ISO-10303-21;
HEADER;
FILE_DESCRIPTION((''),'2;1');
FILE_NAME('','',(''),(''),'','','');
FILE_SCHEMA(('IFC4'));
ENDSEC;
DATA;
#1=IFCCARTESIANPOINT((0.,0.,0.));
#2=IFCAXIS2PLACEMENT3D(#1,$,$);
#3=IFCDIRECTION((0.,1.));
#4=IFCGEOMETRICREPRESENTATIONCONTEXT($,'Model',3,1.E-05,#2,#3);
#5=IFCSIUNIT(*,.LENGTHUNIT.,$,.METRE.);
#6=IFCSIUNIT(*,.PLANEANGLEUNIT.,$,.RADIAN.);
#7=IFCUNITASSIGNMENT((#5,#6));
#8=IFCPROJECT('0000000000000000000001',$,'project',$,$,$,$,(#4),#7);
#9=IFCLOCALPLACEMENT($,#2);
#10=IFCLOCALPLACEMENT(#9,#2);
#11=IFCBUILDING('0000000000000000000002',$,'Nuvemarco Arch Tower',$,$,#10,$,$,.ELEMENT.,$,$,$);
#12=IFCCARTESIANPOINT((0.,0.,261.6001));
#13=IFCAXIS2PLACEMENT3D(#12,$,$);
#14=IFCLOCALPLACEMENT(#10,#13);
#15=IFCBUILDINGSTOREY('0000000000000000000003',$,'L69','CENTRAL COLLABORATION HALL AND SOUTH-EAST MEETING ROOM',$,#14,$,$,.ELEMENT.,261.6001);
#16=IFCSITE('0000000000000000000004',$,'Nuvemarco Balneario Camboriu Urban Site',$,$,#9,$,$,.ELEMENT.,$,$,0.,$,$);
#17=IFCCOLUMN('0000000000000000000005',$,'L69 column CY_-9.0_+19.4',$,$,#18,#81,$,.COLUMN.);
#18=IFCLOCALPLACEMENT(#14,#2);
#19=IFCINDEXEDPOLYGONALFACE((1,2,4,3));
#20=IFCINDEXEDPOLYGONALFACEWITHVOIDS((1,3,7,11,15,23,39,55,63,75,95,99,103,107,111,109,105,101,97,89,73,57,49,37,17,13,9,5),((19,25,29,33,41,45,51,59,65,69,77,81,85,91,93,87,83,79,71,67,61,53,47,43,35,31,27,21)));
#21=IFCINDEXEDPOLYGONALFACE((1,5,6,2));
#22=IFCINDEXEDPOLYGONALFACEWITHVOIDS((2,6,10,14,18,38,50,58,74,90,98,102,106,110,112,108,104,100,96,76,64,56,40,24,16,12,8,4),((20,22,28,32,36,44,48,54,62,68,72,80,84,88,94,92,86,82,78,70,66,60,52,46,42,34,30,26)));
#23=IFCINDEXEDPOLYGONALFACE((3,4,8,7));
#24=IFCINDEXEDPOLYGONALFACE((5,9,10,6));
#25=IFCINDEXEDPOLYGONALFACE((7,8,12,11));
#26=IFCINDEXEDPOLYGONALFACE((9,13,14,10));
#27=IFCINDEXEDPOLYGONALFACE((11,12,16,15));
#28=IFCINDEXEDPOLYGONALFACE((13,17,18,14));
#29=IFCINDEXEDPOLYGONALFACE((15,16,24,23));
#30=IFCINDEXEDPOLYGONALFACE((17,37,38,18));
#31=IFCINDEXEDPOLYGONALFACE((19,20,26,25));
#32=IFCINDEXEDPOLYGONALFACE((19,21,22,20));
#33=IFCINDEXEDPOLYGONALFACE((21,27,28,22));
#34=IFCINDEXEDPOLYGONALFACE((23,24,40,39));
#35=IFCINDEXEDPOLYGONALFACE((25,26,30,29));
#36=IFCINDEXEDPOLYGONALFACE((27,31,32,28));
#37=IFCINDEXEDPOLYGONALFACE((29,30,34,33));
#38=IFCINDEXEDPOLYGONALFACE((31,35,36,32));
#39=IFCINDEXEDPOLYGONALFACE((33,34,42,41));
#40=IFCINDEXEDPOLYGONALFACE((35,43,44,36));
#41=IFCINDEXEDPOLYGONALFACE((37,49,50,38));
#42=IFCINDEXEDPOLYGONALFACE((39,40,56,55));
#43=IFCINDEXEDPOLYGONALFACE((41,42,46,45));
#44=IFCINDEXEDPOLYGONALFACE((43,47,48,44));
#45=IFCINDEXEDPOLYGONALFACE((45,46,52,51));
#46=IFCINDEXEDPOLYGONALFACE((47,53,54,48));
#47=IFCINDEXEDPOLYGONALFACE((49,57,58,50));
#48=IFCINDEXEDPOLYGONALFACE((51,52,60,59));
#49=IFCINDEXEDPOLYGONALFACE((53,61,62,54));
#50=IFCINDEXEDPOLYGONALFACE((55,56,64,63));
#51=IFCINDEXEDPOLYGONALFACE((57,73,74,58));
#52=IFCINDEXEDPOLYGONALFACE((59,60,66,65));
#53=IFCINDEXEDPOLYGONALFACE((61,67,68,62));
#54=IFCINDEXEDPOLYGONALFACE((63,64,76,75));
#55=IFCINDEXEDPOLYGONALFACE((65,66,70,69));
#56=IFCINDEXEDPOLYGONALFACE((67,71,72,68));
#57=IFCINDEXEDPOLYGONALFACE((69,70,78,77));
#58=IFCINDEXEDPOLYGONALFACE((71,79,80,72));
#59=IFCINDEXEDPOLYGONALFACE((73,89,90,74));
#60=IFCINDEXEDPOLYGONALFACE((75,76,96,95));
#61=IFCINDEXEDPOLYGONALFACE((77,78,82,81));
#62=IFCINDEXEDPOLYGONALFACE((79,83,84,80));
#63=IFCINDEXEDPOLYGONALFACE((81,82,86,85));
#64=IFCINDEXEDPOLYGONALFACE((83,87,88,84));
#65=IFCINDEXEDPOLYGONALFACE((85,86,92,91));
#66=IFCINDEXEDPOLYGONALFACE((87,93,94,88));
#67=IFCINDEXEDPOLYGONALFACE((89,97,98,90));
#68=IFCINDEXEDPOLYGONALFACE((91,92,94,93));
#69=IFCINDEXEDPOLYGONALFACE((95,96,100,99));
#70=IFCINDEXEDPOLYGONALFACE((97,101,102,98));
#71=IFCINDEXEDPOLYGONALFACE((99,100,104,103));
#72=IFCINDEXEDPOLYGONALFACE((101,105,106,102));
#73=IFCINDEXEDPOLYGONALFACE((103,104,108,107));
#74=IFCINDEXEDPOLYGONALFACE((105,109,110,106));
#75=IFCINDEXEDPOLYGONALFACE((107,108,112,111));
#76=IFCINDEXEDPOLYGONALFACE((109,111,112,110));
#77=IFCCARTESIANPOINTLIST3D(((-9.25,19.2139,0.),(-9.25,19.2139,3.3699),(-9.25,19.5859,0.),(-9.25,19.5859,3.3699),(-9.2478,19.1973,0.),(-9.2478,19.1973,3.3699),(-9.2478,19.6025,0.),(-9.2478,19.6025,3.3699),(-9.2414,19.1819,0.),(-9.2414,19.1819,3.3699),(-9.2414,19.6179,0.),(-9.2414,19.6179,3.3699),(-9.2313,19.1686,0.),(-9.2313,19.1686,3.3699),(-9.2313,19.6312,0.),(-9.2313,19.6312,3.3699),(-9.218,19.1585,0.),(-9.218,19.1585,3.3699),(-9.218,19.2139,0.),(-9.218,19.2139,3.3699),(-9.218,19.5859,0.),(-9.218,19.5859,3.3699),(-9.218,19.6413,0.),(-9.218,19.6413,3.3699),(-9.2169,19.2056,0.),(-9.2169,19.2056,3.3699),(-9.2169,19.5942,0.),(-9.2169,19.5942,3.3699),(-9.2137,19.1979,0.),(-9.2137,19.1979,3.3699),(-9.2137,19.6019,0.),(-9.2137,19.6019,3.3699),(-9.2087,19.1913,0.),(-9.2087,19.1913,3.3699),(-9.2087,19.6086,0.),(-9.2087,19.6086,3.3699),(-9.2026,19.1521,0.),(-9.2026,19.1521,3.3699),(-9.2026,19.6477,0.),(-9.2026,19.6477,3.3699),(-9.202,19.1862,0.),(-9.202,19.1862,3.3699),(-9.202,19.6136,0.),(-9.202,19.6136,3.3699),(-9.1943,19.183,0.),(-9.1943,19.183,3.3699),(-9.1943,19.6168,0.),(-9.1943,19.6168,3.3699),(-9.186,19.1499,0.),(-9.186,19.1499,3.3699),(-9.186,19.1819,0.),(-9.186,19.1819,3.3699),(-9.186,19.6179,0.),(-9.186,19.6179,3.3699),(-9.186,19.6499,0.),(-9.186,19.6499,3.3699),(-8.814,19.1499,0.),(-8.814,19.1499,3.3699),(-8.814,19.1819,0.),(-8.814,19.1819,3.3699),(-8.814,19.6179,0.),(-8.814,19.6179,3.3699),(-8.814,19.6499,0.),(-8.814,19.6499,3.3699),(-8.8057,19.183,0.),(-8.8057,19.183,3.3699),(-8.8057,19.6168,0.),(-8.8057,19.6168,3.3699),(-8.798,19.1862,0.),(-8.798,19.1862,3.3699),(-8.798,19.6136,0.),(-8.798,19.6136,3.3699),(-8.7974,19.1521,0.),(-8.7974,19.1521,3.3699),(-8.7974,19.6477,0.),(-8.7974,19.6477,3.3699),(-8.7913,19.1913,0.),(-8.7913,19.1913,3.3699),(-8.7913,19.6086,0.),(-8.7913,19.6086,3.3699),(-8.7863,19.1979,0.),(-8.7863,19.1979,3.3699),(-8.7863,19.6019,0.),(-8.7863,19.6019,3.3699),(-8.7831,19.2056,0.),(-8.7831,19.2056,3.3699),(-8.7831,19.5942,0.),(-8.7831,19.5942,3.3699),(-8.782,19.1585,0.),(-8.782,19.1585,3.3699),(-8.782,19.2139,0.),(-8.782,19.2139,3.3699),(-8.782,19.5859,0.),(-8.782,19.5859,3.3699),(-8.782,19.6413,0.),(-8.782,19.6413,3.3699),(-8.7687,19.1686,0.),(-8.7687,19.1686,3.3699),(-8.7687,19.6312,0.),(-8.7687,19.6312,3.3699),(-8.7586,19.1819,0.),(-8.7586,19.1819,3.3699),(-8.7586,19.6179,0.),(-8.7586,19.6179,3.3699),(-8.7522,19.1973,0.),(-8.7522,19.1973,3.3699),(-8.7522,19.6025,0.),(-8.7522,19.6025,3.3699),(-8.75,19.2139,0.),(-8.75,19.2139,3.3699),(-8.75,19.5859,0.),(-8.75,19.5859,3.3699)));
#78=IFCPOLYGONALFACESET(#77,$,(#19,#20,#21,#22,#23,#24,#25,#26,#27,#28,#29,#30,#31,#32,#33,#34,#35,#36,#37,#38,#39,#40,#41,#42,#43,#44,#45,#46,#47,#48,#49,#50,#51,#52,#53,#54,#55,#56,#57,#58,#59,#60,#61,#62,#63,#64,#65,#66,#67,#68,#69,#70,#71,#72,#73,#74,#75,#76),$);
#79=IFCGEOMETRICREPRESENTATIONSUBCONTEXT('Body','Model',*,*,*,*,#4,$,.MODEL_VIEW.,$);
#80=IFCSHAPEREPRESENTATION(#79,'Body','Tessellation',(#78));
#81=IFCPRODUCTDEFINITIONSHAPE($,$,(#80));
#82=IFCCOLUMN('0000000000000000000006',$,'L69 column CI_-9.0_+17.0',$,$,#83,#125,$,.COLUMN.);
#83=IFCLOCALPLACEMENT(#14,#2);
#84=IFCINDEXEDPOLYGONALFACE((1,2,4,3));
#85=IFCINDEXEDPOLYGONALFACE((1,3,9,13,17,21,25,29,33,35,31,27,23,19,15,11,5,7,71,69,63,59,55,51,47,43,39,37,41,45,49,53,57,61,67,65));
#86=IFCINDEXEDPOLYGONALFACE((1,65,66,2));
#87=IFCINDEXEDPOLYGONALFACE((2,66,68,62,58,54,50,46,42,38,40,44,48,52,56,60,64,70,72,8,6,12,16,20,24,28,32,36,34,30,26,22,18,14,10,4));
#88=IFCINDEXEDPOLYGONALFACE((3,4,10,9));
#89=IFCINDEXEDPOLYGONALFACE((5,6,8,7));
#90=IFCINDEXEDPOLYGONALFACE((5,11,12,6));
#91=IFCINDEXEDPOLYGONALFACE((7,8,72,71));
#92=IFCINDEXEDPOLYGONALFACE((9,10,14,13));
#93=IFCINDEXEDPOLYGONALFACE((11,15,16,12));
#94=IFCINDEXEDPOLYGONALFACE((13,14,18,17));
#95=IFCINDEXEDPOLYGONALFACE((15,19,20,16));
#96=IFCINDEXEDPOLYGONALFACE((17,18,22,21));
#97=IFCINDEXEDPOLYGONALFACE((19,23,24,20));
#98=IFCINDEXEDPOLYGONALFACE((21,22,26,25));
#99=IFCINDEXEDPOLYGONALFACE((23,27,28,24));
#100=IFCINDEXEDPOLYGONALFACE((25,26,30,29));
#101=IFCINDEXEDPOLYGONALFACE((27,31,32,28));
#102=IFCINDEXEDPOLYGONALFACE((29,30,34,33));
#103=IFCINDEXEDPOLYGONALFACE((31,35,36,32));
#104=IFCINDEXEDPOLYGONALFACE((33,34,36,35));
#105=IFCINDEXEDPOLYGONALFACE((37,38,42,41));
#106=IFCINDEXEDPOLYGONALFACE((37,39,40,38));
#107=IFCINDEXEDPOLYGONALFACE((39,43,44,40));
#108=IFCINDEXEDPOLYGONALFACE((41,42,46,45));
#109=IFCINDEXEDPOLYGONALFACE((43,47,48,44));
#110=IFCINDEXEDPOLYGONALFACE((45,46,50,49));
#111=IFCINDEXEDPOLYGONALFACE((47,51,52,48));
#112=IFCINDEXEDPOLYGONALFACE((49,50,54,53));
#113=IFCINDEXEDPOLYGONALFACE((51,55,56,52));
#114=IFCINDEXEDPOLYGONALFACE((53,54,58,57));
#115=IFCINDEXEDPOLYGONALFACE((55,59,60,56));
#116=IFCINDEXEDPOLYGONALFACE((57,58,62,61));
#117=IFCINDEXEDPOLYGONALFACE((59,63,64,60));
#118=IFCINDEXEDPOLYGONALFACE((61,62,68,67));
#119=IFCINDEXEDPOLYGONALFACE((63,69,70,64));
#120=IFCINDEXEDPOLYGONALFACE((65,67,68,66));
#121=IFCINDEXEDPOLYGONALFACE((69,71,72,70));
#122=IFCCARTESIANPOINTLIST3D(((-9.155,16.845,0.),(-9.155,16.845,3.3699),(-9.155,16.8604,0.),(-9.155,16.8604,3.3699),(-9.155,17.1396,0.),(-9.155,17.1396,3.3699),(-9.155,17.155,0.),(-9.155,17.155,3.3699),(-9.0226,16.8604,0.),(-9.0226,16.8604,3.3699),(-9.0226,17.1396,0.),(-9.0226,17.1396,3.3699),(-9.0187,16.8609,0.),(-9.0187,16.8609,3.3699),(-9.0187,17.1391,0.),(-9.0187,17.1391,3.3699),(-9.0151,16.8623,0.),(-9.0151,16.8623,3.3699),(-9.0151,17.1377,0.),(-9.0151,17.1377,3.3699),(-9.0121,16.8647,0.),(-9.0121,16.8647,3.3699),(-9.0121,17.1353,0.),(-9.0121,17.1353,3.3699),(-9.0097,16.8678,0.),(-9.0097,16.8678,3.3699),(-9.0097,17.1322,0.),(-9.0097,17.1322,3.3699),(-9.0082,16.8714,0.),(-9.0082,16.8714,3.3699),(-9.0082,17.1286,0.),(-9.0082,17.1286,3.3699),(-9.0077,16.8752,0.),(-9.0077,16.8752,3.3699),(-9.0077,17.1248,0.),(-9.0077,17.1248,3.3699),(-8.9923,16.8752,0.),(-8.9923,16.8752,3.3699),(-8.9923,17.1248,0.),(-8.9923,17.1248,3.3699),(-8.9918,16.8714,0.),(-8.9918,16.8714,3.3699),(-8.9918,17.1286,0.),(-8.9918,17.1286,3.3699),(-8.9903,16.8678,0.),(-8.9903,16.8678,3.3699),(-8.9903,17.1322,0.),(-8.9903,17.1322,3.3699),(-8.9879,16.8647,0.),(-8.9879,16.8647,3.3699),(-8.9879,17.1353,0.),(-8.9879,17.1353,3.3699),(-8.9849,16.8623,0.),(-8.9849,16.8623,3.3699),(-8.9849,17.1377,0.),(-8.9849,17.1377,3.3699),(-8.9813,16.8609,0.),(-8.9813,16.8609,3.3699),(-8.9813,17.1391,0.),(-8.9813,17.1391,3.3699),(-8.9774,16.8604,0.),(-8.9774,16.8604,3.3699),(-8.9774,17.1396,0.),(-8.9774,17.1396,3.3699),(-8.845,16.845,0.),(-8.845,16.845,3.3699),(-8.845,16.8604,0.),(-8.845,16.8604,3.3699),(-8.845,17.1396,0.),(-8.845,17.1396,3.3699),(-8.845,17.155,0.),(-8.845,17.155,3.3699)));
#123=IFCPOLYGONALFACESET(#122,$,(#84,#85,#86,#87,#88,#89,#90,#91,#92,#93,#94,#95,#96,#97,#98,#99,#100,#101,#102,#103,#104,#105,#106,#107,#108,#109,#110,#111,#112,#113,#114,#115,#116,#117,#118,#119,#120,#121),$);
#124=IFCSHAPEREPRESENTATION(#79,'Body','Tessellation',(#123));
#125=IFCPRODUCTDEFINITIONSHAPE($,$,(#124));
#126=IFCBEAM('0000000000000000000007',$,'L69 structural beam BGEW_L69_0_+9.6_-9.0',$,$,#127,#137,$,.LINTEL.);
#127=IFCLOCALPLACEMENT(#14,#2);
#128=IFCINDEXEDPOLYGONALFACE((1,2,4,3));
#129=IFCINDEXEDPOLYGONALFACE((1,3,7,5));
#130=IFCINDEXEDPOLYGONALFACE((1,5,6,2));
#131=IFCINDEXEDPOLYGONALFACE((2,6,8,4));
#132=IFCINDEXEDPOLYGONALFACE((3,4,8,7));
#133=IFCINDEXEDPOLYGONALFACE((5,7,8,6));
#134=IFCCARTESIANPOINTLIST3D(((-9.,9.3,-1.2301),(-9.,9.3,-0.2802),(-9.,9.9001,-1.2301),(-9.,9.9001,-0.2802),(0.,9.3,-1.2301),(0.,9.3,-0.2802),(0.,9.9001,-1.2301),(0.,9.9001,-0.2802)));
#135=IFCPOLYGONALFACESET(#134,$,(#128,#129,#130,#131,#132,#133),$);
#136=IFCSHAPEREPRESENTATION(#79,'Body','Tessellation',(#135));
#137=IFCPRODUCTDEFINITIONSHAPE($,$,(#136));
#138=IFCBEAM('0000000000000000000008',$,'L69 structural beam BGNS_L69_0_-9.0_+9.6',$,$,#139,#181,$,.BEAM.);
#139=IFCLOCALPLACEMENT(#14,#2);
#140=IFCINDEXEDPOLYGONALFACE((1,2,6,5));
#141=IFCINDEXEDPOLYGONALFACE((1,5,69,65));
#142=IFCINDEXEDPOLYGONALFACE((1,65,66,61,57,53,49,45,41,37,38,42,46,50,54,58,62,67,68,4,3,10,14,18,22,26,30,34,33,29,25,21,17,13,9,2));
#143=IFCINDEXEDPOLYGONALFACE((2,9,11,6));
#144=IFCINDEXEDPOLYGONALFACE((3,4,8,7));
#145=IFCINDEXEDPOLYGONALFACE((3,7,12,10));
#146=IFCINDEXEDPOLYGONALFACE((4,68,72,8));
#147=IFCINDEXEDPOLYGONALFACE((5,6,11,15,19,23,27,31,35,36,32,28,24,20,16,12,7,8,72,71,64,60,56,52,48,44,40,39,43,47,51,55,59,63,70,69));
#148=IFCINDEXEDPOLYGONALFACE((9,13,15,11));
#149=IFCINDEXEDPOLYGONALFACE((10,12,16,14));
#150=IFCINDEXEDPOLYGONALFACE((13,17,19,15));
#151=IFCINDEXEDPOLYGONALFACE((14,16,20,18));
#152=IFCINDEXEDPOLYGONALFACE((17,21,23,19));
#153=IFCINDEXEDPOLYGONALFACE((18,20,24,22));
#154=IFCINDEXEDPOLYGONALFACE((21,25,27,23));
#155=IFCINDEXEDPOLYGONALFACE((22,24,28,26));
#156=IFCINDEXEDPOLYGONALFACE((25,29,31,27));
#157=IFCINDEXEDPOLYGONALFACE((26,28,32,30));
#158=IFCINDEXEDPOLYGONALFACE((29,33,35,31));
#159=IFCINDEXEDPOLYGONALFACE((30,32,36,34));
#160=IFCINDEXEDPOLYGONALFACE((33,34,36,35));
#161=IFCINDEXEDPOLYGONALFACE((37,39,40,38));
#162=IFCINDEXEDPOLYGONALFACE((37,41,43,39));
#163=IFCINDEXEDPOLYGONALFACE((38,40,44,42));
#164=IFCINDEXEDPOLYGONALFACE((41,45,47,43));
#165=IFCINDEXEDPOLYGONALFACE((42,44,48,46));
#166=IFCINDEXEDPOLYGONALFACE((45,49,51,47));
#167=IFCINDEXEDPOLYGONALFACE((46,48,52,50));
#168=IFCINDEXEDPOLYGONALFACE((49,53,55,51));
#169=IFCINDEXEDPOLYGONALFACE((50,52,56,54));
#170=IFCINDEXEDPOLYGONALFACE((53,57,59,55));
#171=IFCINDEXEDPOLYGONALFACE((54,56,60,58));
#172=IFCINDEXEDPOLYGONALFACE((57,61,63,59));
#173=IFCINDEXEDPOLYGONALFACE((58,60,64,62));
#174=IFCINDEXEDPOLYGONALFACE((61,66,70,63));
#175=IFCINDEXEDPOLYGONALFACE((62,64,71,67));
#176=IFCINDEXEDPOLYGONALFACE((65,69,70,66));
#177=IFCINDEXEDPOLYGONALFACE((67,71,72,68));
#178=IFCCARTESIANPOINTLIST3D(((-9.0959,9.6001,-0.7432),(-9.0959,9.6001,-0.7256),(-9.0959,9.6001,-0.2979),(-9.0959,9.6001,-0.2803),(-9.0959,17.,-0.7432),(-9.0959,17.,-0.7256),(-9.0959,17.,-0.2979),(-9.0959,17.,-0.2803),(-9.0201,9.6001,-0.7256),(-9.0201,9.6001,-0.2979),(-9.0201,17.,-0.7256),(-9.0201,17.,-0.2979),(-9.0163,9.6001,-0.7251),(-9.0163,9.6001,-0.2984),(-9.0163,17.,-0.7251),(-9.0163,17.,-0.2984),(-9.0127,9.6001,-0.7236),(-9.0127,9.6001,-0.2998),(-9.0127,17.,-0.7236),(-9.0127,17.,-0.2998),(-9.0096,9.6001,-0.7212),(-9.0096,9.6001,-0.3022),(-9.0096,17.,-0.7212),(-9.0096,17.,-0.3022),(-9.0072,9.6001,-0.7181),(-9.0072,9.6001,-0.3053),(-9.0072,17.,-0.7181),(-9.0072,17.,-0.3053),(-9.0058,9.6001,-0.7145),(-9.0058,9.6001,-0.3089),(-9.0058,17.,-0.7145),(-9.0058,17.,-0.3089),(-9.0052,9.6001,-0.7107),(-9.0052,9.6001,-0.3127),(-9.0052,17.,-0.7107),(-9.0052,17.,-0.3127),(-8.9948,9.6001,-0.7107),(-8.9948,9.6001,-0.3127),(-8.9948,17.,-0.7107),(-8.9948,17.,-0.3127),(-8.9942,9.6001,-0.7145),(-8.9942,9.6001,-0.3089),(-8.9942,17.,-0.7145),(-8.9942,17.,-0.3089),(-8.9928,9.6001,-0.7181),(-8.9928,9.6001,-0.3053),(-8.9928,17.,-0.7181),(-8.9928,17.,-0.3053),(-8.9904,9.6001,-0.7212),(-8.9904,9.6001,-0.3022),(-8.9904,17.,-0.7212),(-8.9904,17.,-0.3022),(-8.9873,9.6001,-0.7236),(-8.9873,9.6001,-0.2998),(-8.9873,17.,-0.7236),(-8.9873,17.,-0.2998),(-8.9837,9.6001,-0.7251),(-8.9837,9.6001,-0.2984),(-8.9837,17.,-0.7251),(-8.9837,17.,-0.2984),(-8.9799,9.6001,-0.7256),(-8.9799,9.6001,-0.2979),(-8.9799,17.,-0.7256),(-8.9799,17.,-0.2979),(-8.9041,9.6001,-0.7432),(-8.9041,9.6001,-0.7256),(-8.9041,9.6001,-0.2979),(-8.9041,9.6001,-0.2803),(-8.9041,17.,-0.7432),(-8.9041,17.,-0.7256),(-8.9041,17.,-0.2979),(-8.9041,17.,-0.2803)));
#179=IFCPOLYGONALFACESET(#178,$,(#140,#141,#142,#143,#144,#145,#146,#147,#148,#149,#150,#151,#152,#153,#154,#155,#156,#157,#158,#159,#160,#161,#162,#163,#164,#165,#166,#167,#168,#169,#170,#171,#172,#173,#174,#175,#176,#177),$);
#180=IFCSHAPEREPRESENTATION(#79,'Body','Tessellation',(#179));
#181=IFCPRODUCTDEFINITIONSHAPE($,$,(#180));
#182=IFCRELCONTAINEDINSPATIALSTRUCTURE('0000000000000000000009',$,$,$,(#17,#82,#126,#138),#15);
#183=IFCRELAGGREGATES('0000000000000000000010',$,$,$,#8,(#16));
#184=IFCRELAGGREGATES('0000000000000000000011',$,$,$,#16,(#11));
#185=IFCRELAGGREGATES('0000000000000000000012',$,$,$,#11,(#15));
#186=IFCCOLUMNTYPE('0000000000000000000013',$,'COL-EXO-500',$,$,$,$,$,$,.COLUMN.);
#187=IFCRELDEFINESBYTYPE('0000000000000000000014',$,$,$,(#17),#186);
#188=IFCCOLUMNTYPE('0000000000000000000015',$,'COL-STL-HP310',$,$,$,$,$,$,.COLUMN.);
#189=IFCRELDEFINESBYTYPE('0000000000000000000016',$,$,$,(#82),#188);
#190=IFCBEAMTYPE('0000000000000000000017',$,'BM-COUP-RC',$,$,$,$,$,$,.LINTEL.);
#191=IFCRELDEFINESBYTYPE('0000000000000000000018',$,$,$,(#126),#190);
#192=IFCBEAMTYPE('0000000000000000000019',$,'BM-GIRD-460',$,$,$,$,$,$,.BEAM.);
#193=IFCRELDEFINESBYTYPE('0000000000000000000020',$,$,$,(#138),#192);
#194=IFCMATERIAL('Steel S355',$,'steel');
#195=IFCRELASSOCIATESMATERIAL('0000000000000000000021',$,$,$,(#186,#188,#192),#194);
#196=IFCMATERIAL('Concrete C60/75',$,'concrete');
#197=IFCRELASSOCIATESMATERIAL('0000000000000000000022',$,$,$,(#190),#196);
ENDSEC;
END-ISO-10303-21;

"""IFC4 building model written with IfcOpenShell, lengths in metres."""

from ifc_helpers import new_model, si_unit, direction, frame, origin, origin_2d, place, context, subcontext, project, spatial, rectangle, hollow_rectangle, i_section, extrude, material, material_profile, profile_set, type_object, element, save


model = new_model("IFC4")

# Units and contexts
model_context = context("Model", 3, precision=1e-05, world=origin(), true_north=direction((0.0, 1.0)))
body_context = subcontext(model_context, "Body", "Model", "MODEL_VIEW")
ifc_project = project(units=[si_unit("LENGTHUNIT", "METRE"), si_unit("PLANEANGLEUNIT", "RADIAN")], contexts=[model_context])

# Site, building, storey
site_placement = place(None, origin())
site = spatial("IfcSite", under=ifc_project, at=site_placement, Name="Nuvemarco Balneario Camboriu Urban Site", CompositionType="ELEMENT", RefElevation=0.0)
building_placement = place(site_placement, origin())
building = spatial("IfcBuilding", under=site, at=building_placement, Name="Nuvemarco Arch Tower", CompositionType="ELEMENT")
storey_placement = place(building_placement, frame((0.0, 0.0, 261.6001)))
storey = spatial("IfcBuildingStorey", under=building, at=storey_placement, Name="L69", Description="CENTRAL COLLABORATION HALL AND SOUTH-EAST MEETING ROOM", CompositionType="ELEMENT", Elevation=261.6001)

# Columns
ifc_material_1 = material(Name="Steel S355", Category="steel")
ifc_material_profile_1 = material_profile(ifc_material_1, hollow_rectangle(XDim=0.5, YDim=0.5, WallThickness=0.032, InnerFilletRadius=0.032, OuterFilletRadius=0.064, at=origin_2d()), Name="SHS500x500x32")
ifc_profile_set_1 = profile_set([ifc_material_profile_1], Name="Steel S355")
column_type_1 = type_object("IfcColumnType", Name="COL-EXO-500", PredefinedType="COLUMN", material=ifc_profile_set_1)
column_1_placement = place(storey_placement, frame((-9.0, 19.3999, 0.0), z_axis=(0.0, 0.0, 1.0), x_axis=(1.0, 0.0, 0.0)))
element("IfcColumn", 1, at=column_1_placement, inside=storey, type_object=column_type_1, Name="L69 column CY_-9.0_+19.4", PredefinedType="COLUMN", context=body_context, shape_type="SweptSolid", body=[
    extrude(hollow_rectangle(XDim=0.5, YDim=0.5, WallThickness=0.032, InnerFilletRadius=0.032, OuterFilletRadius=0.064, at=origin_2d()), origin(), (0.0, 0.0, 1.0), 3.3699),
])
ifc_material_profile_2 = material_profile(ifc_material_1, i_section(OverallWidth=0.3101, OverallDepth=0.3101, WebThickness=0.0154, FlangeThickness=0.0154, FilletRadius=0.0149, at=origin_2d()), Name="HP310x110")
ifc_profile_set_2 = profile_set([ifc_material_profile_2], Name="Steel S355")
column_type_2 = type_object("IfcColumnType", Name="COL-STL-HP310", PredefinedType="COLUMN", material=ifc_profile_set_2)
column_2_placement = place(storey_placement, frame((-9.0, 17.0, 0.0), z_axis=(0.0, 0.0, 1.0), x_axis=(1.0, 0.0, 0.0)))
element("IfcColumn", 2, at=column_2_placement, inside=storey, type_object=column_type_2, Name="L69 column CI_-9.0_+17.0", PredefinedType="COLUMN", context=body_context, shape_type="SweptSolid", body=[
    extrude(i_section(OverallWidth=0.3101, OverallDepth=0.3101, WebThickness=0.0154, FlangeThickness=0.0154, FilletRadius=0.0149, at=origin_2d()), origin(), (0.0, 0.0, 1.0), 3.3699),
])

# Beams
ifc_material_2 = material(Name="Concrete C60/75", Category="concrete")
ifc_material_profile_3 = material_profile(ifc_material_2, rectangle(XDim=0.6001, YDim=0.95, at=origin_2d()), Name="RC-BM-600x950")
ifc_profile_set_3 = profile_set([ifc_material_profile_3], Name="Concrete C60/75")
beam_type_1 = type_object("IfcBeamType", Name="BM-COUP-RC", PredefinedType="LINTEL", material=ifc_profile_set_3)
beam_1_placement = place(storey_placement, frame((-9.0, 9.6001, -0.7551), z_axis=(1.0, 0.0, 0.0), x_axis=(0.0, 1.0, 0.0)))
element("IfcBeam", 3, at=beam_1_placement, inside=storey, type_object=beam_type_1, Name="L69 structural beam BGEW_L69_0_+9.6_-9.0", PredefinedType="LINTEL", context=body_context, shape_type="SweptSolid", body=[
    extrude(rectangle(XDim=0.6001, YDim=0.95, at=origin_2d()), origin(), (0.0, 0.0, 1.0), 9.0),
])
ifc_material_profile_4 = material_profile(ifc_material_1, i_section(OverallWidth=0.1919, OverallDepth=0.4629, WebThickness=0.0105, FlangeThickness=0.0176, FilletRadius=0.0149, at=origin_2d()), Name="W460x89")
ifc_profile_set_4 = profile_set([ifc_material_profile_4], Name="Steel S355")
beam_type_2 = type_object("IfcBeamType", Name="BM-GIRD-460", PredefinedType="BEAM", material=ifc_profile_set_4)
beam_2_placement = place(storey_placement, frame((-9.0, 9.6001, -0.5117), z_axis=(0.0, 1.0, 0.0), x_axis=(-1.0, 0.0, 0.0)))
element("IfcBeam", 4, at=beam_2_placement, inside=storey, type_object=beam_type_2, Name="L69 structural beam BGNS_L69_0_-9.0_+9.6", PredefinedType="BEAM", context=body_context, shape_type="SweptSolid", body=[
    extrude(i_section(OverallWidth=0.1919, OverallDepth=0.4629, WebThickness=0.0105, FlangeThickness=0.0176, FilletRadius=0.0149, at=origin_2d()), origin(), (0.0, 0.0, 1.0), 7.3999),
])

save(model, "model.ifc")
